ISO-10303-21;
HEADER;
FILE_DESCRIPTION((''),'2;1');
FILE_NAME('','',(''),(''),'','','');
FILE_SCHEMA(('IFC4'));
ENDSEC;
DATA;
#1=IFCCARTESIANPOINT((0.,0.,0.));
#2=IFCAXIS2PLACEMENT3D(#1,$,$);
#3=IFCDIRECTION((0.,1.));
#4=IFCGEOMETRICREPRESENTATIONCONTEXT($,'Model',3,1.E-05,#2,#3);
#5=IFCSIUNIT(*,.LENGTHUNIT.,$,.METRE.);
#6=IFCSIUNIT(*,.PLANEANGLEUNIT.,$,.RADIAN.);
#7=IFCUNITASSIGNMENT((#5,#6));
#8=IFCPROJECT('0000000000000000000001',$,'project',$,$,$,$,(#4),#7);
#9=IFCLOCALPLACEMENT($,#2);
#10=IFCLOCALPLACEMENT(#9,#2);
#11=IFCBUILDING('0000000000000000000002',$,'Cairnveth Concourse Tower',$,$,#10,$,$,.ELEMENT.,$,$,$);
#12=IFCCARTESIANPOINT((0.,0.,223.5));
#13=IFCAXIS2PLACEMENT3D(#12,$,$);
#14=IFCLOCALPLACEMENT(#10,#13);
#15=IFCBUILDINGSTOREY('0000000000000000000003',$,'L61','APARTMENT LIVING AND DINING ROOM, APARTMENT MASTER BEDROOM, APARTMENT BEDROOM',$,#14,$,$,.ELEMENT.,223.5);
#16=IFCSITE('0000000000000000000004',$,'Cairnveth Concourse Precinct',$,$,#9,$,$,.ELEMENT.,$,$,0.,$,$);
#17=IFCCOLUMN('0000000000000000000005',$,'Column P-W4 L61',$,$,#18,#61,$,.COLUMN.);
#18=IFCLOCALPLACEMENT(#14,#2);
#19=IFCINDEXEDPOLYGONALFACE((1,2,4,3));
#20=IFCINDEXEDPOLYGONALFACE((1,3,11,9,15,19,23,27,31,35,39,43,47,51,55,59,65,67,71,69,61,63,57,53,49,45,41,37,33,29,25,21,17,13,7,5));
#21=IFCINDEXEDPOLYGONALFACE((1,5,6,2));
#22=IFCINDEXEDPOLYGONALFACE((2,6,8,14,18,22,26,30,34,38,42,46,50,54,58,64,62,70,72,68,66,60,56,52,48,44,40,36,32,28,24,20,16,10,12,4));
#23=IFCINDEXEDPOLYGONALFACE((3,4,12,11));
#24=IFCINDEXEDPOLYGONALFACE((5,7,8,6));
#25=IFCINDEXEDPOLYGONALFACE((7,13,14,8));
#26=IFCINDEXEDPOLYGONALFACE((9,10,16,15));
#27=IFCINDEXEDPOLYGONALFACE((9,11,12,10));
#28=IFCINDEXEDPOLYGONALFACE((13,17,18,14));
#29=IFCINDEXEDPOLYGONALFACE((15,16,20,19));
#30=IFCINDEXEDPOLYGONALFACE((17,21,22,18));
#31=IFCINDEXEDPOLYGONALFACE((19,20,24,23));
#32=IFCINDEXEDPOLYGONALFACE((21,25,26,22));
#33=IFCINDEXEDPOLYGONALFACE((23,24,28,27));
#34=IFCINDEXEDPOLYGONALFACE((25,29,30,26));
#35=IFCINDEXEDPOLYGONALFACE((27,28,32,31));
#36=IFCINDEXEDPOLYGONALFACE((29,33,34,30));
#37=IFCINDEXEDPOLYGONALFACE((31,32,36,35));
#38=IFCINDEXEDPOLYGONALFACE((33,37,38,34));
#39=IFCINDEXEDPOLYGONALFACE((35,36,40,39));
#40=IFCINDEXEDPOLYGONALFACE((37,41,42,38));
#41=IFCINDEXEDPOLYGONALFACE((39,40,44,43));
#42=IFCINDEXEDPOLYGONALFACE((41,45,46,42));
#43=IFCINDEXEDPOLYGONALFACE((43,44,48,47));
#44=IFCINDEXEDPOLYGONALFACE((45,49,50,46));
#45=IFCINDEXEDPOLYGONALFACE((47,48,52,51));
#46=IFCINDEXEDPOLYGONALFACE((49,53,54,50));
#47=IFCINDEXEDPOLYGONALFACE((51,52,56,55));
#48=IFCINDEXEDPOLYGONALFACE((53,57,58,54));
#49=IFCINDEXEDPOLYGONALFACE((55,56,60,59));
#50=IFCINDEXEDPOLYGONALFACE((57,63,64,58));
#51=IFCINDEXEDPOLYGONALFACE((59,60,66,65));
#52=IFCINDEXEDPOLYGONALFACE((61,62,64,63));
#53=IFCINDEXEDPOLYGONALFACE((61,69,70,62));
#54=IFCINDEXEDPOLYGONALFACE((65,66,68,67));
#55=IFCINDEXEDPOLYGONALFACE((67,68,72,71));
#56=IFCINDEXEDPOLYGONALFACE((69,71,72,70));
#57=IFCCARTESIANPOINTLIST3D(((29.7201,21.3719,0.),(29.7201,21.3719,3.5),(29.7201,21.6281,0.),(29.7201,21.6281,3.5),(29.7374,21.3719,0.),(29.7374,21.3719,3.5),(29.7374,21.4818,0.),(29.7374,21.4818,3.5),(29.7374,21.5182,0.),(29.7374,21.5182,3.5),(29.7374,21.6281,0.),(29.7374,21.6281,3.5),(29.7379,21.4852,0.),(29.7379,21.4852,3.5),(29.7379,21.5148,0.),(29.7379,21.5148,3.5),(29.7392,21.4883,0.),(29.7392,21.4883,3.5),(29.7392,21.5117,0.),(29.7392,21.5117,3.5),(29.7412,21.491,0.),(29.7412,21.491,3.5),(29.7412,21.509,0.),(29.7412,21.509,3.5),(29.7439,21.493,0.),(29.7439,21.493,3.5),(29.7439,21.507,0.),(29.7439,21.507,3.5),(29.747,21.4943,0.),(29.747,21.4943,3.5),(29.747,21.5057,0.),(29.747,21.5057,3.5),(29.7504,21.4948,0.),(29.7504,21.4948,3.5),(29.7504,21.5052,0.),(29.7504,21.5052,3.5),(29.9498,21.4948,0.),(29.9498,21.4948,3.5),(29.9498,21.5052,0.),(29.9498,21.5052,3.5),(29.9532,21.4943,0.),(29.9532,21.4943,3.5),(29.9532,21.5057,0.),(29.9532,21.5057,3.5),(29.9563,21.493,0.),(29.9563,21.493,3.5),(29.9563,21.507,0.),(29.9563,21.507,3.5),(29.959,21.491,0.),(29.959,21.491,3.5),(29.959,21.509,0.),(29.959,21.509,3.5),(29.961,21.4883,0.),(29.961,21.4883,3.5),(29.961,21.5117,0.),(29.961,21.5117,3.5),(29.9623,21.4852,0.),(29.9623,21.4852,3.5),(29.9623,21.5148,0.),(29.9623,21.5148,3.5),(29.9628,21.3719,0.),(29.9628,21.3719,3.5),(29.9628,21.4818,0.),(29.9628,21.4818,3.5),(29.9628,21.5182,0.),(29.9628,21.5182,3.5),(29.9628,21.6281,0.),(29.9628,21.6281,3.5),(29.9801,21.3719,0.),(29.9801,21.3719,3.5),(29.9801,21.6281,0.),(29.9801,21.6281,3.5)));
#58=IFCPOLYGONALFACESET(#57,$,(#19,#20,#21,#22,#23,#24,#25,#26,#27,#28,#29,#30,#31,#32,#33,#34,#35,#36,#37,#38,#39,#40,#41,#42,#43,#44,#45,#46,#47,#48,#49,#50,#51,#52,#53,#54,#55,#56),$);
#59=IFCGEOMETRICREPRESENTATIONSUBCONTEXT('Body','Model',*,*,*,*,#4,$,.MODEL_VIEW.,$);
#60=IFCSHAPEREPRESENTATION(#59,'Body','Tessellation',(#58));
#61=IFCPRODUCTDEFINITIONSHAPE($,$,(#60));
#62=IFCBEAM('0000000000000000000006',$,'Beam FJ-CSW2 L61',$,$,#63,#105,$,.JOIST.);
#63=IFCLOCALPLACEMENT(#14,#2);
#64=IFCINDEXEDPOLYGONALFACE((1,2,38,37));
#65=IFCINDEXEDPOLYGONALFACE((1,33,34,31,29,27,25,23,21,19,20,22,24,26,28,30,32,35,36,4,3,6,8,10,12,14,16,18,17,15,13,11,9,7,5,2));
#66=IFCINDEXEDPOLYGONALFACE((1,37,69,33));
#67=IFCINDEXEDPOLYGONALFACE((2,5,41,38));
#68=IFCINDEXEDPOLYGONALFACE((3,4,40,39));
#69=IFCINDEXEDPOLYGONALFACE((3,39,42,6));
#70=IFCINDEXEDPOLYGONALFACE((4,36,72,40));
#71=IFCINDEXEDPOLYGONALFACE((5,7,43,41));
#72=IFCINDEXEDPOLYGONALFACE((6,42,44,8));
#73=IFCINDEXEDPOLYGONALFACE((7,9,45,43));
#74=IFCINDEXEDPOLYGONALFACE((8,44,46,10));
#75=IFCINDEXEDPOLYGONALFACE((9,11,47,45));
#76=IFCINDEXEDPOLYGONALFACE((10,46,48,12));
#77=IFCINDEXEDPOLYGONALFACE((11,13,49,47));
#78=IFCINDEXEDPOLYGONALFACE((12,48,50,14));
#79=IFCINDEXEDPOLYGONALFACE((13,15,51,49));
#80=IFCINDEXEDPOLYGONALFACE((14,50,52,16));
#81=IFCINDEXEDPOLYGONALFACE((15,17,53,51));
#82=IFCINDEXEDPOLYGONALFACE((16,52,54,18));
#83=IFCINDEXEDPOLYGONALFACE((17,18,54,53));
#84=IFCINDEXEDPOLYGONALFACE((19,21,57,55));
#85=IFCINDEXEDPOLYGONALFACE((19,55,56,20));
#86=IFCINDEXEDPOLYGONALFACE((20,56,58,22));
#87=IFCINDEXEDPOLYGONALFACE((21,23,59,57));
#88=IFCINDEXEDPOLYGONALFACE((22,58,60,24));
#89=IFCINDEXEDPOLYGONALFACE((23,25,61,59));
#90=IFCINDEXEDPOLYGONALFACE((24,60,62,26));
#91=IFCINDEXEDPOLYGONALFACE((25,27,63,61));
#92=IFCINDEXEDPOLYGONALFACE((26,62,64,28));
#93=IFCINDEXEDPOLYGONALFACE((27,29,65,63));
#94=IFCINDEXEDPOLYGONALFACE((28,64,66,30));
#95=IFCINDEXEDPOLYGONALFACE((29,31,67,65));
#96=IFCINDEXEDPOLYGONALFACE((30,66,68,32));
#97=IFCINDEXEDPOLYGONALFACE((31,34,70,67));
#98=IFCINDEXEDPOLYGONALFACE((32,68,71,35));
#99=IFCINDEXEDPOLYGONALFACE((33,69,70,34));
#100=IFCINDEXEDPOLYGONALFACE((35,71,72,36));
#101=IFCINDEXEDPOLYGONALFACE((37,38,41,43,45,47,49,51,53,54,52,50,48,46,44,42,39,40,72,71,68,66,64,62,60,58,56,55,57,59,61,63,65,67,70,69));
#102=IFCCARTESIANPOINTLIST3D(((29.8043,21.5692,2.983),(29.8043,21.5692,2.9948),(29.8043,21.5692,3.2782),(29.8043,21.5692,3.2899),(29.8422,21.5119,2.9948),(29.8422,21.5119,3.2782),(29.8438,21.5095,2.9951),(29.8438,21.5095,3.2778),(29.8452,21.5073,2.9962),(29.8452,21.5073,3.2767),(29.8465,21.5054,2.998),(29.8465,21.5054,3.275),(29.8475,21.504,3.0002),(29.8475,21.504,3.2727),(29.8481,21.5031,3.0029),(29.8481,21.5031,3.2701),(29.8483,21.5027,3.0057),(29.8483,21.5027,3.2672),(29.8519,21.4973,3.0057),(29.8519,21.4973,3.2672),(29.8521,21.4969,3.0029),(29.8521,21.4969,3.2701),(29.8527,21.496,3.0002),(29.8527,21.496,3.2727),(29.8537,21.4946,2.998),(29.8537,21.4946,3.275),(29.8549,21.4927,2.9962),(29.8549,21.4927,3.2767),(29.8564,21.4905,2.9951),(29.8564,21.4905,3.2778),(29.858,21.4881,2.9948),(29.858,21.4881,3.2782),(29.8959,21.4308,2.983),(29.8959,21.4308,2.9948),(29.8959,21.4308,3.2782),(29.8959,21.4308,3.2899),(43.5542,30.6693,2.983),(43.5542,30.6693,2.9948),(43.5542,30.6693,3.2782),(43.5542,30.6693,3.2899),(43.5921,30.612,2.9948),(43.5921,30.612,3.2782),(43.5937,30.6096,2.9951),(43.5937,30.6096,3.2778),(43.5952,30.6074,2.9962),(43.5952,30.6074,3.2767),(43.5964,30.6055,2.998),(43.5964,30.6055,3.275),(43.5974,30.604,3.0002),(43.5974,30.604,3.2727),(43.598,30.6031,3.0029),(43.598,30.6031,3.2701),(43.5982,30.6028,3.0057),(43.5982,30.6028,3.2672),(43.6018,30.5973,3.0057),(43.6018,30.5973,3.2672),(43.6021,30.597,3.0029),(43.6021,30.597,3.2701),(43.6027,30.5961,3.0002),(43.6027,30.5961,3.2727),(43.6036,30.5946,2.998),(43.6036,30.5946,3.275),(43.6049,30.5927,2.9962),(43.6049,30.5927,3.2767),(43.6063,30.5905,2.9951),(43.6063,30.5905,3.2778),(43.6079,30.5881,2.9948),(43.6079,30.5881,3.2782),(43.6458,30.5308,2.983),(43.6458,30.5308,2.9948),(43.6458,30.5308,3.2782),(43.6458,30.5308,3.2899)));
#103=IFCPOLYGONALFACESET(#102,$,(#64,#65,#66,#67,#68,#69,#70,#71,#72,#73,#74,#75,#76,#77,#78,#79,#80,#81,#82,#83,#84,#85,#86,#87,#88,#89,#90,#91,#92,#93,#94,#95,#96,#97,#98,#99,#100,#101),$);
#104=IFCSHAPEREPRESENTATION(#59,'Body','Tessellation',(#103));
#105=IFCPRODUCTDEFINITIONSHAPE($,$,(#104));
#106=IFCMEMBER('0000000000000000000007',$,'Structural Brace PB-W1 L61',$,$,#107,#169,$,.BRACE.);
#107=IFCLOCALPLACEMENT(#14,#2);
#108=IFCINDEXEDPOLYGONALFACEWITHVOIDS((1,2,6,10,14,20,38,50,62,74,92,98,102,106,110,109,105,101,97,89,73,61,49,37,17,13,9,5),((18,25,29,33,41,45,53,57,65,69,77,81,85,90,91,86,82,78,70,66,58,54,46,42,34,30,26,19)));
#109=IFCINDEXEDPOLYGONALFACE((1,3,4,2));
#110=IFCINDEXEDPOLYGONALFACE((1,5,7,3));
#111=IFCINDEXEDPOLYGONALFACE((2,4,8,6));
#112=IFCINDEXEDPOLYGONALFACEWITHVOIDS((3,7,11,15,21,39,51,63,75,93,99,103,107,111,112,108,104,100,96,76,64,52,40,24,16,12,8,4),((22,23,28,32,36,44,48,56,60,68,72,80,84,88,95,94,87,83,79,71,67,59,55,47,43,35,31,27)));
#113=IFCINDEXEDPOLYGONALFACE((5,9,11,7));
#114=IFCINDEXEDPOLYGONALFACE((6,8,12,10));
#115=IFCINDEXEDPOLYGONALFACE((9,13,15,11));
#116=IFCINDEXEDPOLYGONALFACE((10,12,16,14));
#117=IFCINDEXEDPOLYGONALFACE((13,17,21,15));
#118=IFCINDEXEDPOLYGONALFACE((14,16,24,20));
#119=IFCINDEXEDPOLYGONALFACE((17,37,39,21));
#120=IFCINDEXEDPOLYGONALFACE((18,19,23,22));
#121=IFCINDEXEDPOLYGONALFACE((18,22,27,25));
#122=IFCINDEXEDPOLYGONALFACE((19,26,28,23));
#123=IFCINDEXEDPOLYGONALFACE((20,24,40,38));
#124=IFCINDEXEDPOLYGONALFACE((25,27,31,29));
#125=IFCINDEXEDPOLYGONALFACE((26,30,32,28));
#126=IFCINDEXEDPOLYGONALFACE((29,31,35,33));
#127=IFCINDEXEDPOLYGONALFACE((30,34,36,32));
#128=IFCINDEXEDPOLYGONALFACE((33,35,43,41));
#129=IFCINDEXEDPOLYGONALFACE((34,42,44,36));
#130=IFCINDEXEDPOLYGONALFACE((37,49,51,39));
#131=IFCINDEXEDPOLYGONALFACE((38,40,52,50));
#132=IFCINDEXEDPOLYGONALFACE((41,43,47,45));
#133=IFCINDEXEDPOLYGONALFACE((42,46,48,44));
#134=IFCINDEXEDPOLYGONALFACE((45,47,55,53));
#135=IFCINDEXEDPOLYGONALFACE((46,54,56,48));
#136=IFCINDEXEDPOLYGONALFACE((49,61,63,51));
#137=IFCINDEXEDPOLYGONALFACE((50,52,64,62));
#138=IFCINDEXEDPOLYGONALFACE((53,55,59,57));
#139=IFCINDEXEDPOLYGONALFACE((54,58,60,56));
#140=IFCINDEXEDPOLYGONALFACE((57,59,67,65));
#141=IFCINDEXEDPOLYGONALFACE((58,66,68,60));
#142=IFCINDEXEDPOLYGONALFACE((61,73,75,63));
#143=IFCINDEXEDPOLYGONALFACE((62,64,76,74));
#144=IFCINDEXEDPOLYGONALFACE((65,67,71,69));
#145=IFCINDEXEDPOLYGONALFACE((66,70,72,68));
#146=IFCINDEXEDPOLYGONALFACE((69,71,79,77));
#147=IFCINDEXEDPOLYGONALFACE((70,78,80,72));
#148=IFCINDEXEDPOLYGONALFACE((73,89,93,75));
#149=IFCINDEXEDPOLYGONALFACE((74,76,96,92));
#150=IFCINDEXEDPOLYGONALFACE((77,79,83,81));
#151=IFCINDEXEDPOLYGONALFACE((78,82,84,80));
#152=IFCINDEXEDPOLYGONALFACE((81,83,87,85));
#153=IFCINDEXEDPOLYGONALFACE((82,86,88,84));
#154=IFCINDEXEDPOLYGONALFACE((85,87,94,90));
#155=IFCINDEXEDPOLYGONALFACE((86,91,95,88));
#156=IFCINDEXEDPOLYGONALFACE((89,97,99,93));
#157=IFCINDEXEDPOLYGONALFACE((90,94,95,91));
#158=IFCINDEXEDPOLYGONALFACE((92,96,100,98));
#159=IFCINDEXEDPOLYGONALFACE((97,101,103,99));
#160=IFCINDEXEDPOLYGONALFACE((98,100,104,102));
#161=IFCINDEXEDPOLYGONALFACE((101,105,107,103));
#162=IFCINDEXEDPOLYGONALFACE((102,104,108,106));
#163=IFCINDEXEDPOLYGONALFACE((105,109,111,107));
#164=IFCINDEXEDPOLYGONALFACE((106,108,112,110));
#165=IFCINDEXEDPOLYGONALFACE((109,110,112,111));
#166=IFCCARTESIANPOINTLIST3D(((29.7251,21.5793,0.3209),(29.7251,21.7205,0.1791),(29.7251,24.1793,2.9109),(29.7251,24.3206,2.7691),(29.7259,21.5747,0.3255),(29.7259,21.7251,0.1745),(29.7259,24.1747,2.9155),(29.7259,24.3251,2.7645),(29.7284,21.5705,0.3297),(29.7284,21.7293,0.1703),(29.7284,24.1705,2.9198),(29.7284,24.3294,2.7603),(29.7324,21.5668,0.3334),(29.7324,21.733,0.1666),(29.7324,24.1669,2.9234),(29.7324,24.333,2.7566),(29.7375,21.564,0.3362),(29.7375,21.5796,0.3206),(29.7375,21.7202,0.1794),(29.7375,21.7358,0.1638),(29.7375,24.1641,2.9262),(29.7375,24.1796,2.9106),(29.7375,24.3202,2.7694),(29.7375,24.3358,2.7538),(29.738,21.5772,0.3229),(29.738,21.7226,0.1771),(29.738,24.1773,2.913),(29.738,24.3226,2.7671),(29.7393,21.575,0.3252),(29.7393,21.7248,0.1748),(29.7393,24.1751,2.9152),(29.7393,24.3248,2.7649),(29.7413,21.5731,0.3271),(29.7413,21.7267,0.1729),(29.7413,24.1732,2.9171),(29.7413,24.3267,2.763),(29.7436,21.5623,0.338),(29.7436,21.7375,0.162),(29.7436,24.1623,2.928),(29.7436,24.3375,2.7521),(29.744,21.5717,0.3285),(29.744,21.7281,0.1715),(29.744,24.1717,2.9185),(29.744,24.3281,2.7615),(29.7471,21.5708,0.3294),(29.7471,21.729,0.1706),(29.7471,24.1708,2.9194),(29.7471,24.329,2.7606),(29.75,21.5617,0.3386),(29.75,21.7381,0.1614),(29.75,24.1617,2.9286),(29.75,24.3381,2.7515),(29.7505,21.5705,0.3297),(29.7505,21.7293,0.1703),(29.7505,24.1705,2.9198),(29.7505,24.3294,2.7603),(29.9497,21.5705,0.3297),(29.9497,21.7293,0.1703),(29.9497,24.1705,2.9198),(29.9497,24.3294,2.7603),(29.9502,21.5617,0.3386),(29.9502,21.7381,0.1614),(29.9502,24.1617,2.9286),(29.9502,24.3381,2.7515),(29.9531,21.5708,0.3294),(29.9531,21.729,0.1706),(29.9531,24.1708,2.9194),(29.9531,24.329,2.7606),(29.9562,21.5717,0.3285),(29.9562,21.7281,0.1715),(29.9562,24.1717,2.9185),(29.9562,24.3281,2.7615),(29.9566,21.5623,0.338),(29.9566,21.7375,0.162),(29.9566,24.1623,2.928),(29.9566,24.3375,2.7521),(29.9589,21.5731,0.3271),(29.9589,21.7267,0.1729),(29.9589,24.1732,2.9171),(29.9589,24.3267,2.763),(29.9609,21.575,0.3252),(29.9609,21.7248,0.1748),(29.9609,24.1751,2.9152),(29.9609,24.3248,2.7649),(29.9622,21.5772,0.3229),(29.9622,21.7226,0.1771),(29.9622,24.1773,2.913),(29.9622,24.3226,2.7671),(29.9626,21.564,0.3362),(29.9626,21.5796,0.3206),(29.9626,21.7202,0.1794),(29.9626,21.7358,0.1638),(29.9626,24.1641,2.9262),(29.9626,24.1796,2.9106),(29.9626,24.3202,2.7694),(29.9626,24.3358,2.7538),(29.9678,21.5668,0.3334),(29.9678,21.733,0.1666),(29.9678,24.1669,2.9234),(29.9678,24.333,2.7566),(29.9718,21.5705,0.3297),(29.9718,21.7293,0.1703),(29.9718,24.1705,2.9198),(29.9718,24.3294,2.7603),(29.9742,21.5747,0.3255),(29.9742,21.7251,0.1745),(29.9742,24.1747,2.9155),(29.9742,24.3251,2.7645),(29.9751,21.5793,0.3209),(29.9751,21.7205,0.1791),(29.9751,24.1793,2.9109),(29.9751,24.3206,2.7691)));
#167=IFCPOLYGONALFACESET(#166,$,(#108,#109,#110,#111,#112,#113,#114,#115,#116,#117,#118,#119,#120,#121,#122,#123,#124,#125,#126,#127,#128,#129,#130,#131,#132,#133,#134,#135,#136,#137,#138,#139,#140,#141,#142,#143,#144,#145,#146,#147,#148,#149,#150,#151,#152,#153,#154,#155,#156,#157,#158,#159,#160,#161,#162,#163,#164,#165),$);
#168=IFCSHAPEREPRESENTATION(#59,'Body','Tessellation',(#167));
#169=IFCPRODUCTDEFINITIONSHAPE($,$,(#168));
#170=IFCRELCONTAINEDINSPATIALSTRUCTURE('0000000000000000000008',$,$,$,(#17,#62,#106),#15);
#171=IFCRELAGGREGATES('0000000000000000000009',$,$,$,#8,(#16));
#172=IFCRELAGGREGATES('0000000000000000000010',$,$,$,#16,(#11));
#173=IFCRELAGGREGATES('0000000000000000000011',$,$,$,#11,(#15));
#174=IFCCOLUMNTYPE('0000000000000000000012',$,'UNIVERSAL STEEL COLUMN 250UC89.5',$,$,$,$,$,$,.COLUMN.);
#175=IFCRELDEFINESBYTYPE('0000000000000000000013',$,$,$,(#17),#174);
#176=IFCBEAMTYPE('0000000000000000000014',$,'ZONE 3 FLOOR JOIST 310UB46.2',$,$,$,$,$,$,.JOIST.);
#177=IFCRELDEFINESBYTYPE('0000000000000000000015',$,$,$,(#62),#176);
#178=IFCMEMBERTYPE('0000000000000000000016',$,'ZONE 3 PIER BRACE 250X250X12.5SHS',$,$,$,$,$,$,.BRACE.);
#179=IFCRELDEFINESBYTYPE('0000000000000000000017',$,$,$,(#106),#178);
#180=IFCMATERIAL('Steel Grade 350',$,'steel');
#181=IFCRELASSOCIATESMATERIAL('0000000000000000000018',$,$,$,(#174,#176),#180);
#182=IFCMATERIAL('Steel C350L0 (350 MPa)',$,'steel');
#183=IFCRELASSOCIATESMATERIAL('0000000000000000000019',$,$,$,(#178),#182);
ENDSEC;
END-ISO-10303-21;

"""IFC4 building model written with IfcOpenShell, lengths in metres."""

from ifc_helpers import new_model, si_unit, direction, frame, origin, origin_2d, place, context, subcontext, project, spatial, hollow_rectangle, i_section, extrude, material, material_profile, profile_set, type_object, element, save


model = new_model("IFC4")

# Units and contexts
model_context = context("Model", 3, precision=1e-05, world=origin(), true_north=direction((0.0, 1.0)))
body_context = subcontext(model_context, "Body", "Model", "MODEL_VIEW")
ifc_project = project(units=[si_unit("LENGTHUNIT", "METRE"), si_unit("PLANEANGLEUNIT", "RADIAN")], contexts=[model_context])

# Site, building, storey
site_placement = place(None, origin())
site = spatial("IfcSite", under=ifc_project, at=site_placement, Name="Cairnveth Concourse Precinct", CompositionType="ELEMENT", RefElevation=0.0)
building_placement = place(site_placement, origin())
building = spatial("IfcBuilding", under=site, at=building_placement, Name="Cairnveth Concourse Tower", CompositionType="ELEMENT")
storey_placement = place(building_placement, frame((0.0, 0.0, 223.5)))
storey = spatial("IfcBuildingStorey", under=building, at=storey_placement, Name="L61", Description="APARTMENT LIVING AND DINING ROOM, APARTMENT MASTER BEDROOM, APARTMENT BEDROOM", CompositionType="ELEMENT", Elevation=223.5)

# Column
ifc_material_1 = material(Name="Steel Grade 350", Category="steel")
ifc_material_profile_1 = material_profile(ifc_material_1, i_section(OverallWidth=0.2561, OverallDepth=0.26, WebThickness=0.0105, FlangeThickness=0.0173, FilletRadius=0.0129, at=origin_2d()), Name="250UC89.5")
ifc_profile_set_1 = profile_set([ifc_material_profile_1], Name="Steel Grade 350")
column_type = type_object("IfcColumnType", Name="UNIVERSAL STEEL COLUMN 250UC89.5", PredefinedType="COLUMN", material=ifc_profile_set_1)
column_placement = place(storey_placement, frame((29.8501, 21.5, 0.0), z_axis=(0.0, 0.0, 1.0), x_axis=(0.0, 1.0, 0.0)))
element("IfcColumn", 1, at=column_placement, inside=storey, type_object=column_type, Name="Column P-W4 L61", PredefinedType="COLUMN", context=body_context, shape_type="SweptSolid", body=[
    extrude(i_section(OverallWidth=0.2561, OverallDepth=0.26, WebThickness=0.0105, FlangeThickness=0.0173, FilletRadius=0.0129, at=origin_2d()), origin(), (0.0, 0.0, 1.0), 3.5),
])

# Beam
ifc_material_profile_2 = material_profile(ifc_material_1, i_section(OverallWidth=0.166, OverallDepth=0.3069, WebThickness=0.0066, FlangeThickness=0.0117, FilletRadius=0.011, at=origin_2d()), Name="310UB46.2")
ifc_profile_set_2 = profile_set([ifc_material_profile_2], Name="Steel Grade 350")
beam_type_1 = type_object("IfcBeamType", Name="ZONE 3 FLOOR JOIST 310UB46.2", PredefinedType="JOIST", material=ifc_profile_set_2)
beam_1_placement = place(storey_placement, frame((29.8501, 21.5, 3.1365), z_axis=(0.833909, 0.551902, 0.0), x_axis=(-0.551902, 0.833909, 0.0)))
element("IfcBeam", 2, at=beam_1_placement, inside=storey, type_object=beam_type_1, Name="Beam FJ-CSW2 L61", PredefinedType="JOIST", context=body_context, shape_type="SweptSolid", body=[
    extrude(i_section(OverallWidth=0.166, OverallDepth=0.3069, WebThickness=0.0066, FlangeThickness=0.0117, FilletRadius=0.011, at=origin_2d()), origin(), (0.0, 0.0, 1.0), 16.4885),
])

# Member
ifc_material_2 = material(Name="Steel C350L0 (350 MPa)", Category="steel")
ifc_material_profile_3 = material_profile(ifc_material_2, hollow_rectangle(XDim=0.25, YDim=0.25, WallThickness=0.0125, InnerFilletRadius=0.0129, OuterFilletRadius=0.0249, at=origin_2d()), Name="250x250x12.5SHS")
ifc_profile_set_3 = profile_set([ifc_material_profile_3], Name="Steel C350L0 (350 MPa)")
member_type = type_object("IfcMemberType", Name="ZONE 3 PIER BRACE 250X250X12.5SHS", PredefinedType="BRACE", material=ifc_profile_set_3)
member_placement = place(storey_placement, frame((29.8501, 21.6499, 0.25), z_axis=(0.0, 0.708469, 0.705742), x_axis=(-1.0, 0.0, 0.0)))
element("IfcMember", 3, at=member_placement, inside=storey, type_object=member_type, Name="Structural Brace PB-W1 L61", PredefinedType="BRACE", context=body_context, shape_type="SweptSolid", body=[
    extrude(hollow_rectangle(XDim=0.25, YDim=0.25, WallThickness=0.0125, InnerFilletRadius=0.0129, OuterFilletRadius=0.0249, at=origin_2d()), origin(), (0.0, 0.0, 1.0), 3.6699),
])

save(model, "model.ifc")
